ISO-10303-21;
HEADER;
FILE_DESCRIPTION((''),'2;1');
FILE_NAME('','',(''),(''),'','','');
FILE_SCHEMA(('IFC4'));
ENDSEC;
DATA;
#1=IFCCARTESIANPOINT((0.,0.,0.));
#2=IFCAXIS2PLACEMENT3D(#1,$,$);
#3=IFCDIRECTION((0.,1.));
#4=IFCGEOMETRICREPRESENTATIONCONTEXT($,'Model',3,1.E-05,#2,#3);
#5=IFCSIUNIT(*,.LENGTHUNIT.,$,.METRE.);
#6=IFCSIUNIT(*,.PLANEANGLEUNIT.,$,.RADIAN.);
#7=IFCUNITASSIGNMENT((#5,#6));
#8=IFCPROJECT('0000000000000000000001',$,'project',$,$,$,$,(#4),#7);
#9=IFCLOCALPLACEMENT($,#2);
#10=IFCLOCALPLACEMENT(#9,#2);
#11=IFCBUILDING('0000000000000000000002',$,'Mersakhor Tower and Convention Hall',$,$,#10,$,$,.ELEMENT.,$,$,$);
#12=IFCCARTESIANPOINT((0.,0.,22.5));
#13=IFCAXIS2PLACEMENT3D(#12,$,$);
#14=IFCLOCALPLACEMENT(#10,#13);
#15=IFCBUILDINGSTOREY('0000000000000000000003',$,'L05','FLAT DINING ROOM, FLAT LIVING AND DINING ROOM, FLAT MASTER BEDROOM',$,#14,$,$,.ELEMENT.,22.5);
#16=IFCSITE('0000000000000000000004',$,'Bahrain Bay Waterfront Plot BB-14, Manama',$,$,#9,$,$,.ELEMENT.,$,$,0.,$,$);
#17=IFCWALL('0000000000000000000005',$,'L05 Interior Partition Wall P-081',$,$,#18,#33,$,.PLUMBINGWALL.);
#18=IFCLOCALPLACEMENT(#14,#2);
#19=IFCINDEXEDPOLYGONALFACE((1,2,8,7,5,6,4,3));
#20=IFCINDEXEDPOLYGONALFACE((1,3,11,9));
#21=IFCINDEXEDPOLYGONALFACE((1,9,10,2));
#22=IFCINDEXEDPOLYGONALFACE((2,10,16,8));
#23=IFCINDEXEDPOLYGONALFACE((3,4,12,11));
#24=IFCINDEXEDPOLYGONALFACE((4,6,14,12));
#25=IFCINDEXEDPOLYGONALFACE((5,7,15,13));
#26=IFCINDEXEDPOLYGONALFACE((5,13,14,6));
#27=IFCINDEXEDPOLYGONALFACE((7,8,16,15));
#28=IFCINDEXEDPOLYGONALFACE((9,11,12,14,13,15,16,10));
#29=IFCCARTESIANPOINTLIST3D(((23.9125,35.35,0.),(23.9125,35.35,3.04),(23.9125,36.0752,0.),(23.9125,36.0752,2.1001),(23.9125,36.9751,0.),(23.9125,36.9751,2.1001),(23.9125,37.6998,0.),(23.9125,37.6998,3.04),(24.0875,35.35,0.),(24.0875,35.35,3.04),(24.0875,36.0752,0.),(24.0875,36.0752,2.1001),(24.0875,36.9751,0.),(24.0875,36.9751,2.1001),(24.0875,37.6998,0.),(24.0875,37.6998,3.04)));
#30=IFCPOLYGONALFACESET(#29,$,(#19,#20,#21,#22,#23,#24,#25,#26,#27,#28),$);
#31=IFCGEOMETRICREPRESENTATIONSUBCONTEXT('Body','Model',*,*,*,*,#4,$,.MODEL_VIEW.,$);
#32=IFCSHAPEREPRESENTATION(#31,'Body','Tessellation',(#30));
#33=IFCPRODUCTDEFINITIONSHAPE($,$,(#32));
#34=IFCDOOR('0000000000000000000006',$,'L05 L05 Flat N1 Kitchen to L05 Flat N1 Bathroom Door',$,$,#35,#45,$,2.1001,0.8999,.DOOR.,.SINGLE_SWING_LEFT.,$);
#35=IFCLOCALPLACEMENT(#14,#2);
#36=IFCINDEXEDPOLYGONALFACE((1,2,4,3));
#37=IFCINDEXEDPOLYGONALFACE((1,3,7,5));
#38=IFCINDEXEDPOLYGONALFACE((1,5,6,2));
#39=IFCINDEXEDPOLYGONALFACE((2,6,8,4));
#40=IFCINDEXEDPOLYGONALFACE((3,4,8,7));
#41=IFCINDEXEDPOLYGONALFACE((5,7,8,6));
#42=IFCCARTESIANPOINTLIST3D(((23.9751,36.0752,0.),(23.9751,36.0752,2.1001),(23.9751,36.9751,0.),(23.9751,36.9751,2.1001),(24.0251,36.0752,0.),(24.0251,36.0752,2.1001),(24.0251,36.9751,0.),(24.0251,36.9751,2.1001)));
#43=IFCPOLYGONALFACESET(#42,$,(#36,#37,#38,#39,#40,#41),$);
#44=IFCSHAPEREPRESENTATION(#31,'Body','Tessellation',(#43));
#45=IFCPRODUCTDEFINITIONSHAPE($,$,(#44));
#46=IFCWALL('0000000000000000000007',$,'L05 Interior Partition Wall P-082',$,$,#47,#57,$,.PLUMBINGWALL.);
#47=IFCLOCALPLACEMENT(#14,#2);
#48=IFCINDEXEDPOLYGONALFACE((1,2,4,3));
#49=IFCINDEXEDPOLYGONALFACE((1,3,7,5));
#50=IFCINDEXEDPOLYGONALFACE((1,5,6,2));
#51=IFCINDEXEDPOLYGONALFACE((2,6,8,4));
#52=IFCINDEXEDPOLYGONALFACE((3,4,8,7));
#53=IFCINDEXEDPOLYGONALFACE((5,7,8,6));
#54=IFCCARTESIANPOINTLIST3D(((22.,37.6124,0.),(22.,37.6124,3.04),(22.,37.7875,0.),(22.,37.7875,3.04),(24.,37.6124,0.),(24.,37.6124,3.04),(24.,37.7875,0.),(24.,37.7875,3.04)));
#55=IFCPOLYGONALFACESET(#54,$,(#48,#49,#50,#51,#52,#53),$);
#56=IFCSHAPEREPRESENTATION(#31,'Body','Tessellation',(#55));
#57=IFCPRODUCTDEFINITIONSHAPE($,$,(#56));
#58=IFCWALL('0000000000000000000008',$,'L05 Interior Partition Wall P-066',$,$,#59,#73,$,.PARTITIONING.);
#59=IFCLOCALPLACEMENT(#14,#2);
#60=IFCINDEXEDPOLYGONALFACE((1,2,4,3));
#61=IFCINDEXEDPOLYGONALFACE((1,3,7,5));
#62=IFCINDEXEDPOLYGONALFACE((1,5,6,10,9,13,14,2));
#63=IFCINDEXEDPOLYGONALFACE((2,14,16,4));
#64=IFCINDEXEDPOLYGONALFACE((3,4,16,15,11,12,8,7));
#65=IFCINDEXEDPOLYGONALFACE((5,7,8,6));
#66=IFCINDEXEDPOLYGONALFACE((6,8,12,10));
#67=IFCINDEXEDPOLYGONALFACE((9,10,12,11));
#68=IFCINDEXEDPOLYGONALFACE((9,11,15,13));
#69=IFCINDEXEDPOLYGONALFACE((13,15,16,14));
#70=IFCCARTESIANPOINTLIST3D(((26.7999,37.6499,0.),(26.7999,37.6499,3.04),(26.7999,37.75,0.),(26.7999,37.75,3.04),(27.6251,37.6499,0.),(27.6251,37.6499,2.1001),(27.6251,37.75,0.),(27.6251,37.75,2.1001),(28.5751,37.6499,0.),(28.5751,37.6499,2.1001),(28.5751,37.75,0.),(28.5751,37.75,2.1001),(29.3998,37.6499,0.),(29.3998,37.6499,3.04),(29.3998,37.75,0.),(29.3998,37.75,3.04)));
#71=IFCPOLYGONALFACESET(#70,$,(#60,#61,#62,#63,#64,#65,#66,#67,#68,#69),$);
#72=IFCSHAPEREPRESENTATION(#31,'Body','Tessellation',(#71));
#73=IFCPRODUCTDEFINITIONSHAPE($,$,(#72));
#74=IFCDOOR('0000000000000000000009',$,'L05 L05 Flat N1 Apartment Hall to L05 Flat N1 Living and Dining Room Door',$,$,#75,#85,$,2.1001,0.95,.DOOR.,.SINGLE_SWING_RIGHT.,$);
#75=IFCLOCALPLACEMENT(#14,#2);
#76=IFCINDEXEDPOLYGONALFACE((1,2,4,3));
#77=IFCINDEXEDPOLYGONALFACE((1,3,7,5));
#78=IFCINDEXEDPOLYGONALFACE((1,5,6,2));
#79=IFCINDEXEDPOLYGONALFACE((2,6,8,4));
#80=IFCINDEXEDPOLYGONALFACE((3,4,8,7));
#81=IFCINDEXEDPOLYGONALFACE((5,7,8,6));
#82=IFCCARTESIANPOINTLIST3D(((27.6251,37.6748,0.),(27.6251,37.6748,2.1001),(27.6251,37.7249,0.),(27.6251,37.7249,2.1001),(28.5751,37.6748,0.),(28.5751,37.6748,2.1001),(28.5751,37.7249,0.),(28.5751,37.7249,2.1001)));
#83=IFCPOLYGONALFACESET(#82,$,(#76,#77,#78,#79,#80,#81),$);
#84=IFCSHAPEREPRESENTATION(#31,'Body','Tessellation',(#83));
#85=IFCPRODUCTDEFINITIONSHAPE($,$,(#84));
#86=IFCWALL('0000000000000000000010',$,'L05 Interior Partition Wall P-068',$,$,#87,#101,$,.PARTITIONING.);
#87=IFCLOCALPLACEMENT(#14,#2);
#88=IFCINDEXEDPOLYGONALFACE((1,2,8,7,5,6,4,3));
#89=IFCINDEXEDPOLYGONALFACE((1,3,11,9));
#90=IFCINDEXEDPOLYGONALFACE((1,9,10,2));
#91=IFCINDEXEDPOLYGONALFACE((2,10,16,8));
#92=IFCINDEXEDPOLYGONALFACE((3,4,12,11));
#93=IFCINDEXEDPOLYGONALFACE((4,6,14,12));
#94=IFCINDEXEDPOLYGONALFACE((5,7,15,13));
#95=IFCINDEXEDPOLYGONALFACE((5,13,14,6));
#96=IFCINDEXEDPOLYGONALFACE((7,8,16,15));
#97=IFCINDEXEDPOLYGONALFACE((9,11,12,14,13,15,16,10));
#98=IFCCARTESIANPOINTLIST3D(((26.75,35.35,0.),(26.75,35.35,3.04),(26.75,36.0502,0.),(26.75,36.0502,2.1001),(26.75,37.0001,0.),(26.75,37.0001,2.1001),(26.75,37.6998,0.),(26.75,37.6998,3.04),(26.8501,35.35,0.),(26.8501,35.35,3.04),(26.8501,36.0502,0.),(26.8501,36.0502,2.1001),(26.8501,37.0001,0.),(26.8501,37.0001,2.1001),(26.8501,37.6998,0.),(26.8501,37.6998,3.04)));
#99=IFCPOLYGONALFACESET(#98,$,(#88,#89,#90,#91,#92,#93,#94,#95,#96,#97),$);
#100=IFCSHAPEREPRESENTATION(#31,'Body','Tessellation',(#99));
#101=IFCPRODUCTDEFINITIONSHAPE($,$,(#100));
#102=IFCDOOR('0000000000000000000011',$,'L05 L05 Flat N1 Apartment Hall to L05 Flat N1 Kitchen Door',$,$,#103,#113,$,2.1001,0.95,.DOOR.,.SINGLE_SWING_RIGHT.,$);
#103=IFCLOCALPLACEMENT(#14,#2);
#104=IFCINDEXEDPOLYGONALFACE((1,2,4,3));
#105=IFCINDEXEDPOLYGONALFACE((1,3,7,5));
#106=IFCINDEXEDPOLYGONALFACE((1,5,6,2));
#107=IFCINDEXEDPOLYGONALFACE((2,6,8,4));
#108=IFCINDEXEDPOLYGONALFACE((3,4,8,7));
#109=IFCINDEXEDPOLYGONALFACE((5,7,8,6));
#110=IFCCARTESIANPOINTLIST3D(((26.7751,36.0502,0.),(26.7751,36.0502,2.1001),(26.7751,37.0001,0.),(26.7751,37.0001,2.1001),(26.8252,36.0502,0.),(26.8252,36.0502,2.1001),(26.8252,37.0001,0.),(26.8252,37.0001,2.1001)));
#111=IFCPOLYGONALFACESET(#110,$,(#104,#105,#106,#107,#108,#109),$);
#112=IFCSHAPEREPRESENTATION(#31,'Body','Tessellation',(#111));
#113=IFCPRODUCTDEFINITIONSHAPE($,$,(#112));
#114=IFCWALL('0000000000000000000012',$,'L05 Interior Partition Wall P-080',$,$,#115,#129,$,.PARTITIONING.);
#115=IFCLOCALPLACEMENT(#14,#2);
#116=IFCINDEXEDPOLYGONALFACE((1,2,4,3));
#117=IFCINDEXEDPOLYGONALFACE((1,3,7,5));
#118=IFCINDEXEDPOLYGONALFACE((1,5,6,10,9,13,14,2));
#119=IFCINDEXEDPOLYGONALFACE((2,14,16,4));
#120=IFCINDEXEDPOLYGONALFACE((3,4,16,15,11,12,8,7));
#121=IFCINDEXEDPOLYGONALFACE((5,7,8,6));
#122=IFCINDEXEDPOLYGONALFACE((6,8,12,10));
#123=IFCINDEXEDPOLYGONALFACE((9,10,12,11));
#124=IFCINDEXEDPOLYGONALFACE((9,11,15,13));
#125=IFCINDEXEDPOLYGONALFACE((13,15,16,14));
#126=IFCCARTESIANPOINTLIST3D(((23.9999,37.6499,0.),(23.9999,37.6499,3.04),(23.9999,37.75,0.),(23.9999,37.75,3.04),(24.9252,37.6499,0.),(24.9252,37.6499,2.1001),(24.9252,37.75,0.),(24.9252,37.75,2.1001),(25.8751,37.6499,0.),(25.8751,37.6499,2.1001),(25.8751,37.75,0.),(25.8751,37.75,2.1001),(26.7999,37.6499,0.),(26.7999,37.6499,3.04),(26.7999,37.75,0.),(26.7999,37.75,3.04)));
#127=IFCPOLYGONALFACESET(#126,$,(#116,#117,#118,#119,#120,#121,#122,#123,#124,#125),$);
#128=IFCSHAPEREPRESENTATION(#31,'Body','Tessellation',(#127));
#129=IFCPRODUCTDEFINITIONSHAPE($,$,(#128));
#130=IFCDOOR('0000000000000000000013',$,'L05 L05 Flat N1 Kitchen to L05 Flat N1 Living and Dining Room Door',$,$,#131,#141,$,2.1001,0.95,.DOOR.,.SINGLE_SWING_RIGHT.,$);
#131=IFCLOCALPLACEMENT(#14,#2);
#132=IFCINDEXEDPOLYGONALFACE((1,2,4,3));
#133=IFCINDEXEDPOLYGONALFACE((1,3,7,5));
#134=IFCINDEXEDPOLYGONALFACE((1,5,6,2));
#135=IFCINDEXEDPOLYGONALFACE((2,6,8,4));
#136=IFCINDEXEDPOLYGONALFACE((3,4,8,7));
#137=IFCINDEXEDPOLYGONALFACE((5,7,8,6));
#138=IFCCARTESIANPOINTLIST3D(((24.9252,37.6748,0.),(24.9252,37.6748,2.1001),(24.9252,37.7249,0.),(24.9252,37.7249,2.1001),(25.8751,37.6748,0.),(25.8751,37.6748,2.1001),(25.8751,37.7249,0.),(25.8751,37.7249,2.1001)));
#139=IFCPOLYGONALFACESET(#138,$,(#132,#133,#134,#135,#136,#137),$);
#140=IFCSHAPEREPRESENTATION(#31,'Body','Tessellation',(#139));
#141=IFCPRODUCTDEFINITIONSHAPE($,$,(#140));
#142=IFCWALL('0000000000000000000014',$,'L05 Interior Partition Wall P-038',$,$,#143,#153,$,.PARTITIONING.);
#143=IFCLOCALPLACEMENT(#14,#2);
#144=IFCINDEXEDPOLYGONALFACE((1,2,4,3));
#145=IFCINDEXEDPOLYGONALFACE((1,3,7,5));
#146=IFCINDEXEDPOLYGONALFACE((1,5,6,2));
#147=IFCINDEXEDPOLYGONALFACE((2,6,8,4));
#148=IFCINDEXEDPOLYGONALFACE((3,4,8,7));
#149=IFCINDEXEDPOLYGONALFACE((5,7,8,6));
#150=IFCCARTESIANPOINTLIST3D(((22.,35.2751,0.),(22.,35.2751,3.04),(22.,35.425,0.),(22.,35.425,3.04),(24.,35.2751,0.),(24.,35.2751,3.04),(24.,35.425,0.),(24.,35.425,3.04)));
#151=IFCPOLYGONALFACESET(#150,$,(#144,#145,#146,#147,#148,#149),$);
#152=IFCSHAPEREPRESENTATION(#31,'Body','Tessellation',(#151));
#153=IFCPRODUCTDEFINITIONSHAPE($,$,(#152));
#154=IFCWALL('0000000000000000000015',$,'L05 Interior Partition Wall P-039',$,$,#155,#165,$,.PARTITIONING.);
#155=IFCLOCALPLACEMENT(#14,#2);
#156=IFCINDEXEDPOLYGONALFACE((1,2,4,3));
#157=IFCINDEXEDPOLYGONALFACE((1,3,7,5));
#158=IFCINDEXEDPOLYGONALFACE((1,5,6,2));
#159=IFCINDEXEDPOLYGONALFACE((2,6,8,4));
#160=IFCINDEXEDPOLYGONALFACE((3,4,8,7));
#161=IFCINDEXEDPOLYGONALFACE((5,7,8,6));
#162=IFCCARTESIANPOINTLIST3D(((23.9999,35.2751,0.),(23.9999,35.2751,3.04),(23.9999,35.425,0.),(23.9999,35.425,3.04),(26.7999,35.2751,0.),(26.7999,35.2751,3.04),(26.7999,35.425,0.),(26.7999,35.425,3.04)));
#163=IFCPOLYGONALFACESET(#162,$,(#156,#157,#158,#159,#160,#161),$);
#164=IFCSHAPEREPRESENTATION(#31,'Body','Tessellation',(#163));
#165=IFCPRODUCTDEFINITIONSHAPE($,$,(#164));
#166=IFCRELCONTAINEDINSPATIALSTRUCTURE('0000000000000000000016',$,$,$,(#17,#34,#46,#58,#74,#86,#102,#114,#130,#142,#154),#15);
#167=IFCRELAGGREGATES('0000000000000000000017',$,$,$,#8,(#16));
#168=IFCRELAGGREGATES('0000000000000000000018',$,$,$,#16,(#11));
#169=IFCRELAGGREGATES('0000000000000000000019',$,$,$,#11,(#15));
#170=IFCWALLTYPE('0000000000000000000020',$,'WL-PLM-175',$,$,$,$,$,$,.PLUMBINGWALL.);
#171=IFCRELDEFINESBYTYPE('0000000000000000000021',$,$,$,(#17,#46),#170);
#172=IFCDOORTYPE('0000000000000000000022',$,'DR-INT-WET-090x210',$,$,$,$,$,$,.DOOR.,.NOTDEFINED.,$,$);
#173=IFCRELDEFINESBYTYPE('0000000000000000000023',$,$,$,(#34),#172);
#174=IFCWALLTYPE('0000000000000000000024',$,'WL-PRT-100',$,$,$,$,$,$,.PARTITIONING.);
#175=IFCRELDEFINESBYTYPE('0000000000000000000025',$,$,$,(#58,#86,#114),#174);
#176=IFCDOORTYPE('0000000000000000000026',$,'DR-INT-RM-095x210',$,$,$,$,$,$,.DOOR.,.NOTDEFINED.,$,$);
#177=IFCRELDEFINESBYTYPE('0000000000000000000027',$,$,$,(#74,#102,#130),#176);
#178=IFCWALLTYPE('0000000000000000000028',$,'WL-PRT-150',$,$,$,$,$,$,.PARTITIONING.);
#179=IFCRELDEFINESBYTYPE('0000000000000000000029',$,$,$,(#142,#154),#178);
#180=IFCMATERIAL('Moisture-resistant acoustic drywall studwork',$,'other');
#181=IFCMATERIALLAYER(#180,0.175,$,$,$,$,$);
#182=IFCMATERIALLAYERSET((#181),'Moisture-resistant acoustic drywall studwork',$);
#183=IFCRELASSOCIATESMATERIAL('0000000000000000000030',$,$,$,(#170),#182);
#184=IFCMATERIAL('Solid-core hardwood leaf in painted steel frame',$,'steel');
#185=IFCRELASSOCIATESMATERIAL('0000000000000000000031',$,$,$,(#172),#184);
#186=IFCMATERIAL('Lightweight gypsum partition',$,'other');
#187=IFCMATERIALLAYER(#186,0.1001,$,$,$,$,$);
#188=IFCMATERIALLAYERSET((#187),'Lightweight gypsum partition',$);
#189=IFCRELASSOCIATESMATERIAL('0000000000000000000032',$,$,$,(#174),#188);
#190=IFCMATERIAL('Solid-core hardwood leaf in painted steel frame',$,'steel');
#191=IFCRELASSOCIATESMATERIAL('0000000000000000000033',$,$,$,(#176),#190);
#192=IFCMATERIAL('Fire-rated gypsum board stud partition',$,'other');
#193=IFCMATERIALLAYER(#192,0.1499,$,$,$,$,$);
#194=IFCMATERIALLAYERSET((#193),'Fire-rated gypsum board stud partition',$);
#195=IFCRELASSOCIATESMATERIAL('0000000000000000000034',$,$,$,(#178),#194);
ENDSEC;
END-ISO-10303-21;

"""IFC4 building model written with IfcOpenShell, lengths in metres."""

from ifc_helpers import new_model, si_unit, direction, frame, frame_2d, origin, place, context, subcontext, project, spatial, rectangle, extrude, material, layer, layer_set, type_object, element, fill, save


model = new_model("IFC4")

# Units and contexts
model_context = context("Model", 3, precision=1e-05, world=origin(), true_north=direction((0.0, 1.0)))
body_context = subcontext(model_context, "Body", "Model", "MODEL_VIEW")
ifc_project = project(units=[si_unit("LENGTHUNIT", "METRE"), si_unit("PLANEANGLEUNIT", "RADIAN")], contexts=[model_context])

# Site, building, storey
site_placement = place(None, origin())
site = spatial("IfcSite", under=ifc_project, at=site_placement, Name="Bahrain Bay Waterfront Plot BB-14, Manama", CompositionType="ELEMENT", RefElevation=0.0)
building_placement = place(site_placement, origin())
building = spatial("IfcBuilding", under=site, at=building_placement, Name="Mersakhor Tower and Convention Hall", CompositionType="ELEMENT")
storey_placement = place(building_placement, frame((0.0, 0.0, 22.5)))
storey = spatial("IfcBuildingStorey", under=building, at=storey_placement, Name="L05", Description="FLAT DINING ROOM, FLAT LIVING AND DINING ROOM, FLAT MASTER BEDROOM", CompositionType="ELEMENT", Elevation=22.5)

# Wall, opening, door
ifc_material_1 = material(Name="Moisture-resistant acoustic drywall studwork", Category="other")
ifc_layer_1 = layer(ifc_material_1, 0.175)
ifc_layer_set_1 = layer_set([ifc_layer_1], Name="Moisture-resistant acoustic drywall studwork")
wall_type_1 = type_object("IfcWallType", Name="WL-PLM-175", PredefinedType="PLUMBINGWALL", material=ifc_layer_set_1)
wall_1_placement = place(storey_placement, frame((24.0, 35.3501, 0.0), z_axis=(0.0, 0.0, 1.0), x_axis=(0.0, 1.0, 0.0)))
wall_1 = element("IfcWall", 1, at=wall_1_placement, inside=storey, type_object=wall_type_1, Name="L05 Interior Partition Wall P-081", PredefinedType="PLUMBINGWALL", context=body_context, shape_type="SweptSolid", body=[
    extrude(rectangle(XDim=2.3499, YDim=0.175, at=frame_2d((1.1748, 0.0))), origin(), (0.0, 0.0, 1.0), 3.04),
])
opening_1_placement = place(wall_1_placement, frame((0.7251, 0.0, 0.0)))
opening_1 = element("IfcOpeningElement", 2, at=opening_1_placement, cuts=wall_1, PredefinedType="OPENING", context=body_context, shape_type="SweptSolid", body=[
    extrude(rectangle(XDim=0.8999, YDim=2.1001, at=frame_2d((0.45, 1.05))), frame((0.0, 0.0974, 0.0), z_axis=(0.0, -1.0, 0.0), x_axis=(1.0, 0.0, 0.0)), (0.0, 0.0, 1.0), 0.1951),
])
ifc_material_2 = material(Name="Solid-core hardwood leaf in painted steel frame", Category="steel")
door_type_1 = type_object("IfcDoorType", Name="DR-INT-WET-090x210", OperationType="NOTDEFINED", PredefinedType="DOOR", material=ifc_material_2)
door_1_placement = place(opening_1_placement, origin())
door_1 = element("IfcDoor", 3, at=door_1_placement, inside=storey, type_object=door_type_1, Name="L05 L05 Flat N1 Kitchen to L05 Flat N1 Bathroom Door", OperationType="SINGLE_SWING_LEFT", OverallHeight=2.1001, OverallWidth=0.8999, PredefinedType="DOOR", context=body_context, shape_type="SweptSolid", body=[
    extrude(rectangle(XDim=0.8999, YDim=2.1001, at=frame_2d((0.45, 1.05))), frame((0.0, 0.0249, 0.0), z_axis=(0.0, -1.0, 0.0), x_axis=(1.0, 0.0, 0.0)), (0.0, 0.0, 1.0), 0.05),
])
fill(opening_1, door_1)

# Wall
wall_2_placement = place(storey_placement, frame((22.0, 37.7, 0.0), z_axis=(0.0, 0.0, 1.0), x_axis=(1.0, 0.0, 0.0)))
element("IfcWall", 4, at=wall_2_placement, inside=storey, type_object=wall_type_1, Name="L05 Interior Partition Wall P-082", PredefinedType="PLUMBINGWALL", context=body_context, shape_type="SweptSolid", body=[
    extrude(rectangle(XDim=2.0, YDim=0.175, at=frame_2d((1.0, 0.0))), origin(), (0.0, 0.0, 1.0), 3.04),
])

# Walls, openings, doors
ifc_material_3 = material(Name="Lightweight gypsum partition", Category="other")
ifc_layer_2 = layer(ifc_material_3, 0.1001)
ifc_layer_set_2 = layer_set([ifc_layer_2], Name="Lightweight gypsum partition")
wall_type_2 = type_object("IfcWallType", Name="WL-PRT-100", PredefinedType="PARTITIONING", material=ifc_layer_set_2)
wall_3_placement = place(storey_placement, frame((26.8, 37.7, 0.0), z_axis=(0.0, 0.0, 1.0), x_axis=(1.0, 0.0, 0.0)))
wall_3 = element("IfcWall", 5, at=wall_3_placement, inside=storey, type_object=wall_type_2, Name="L05 Interior Partition Wall P-066", PredefinedType="PARTITIONING", context=body_context, shape_type="SweptSolid", body=[
    extrude(rectangle(XDim=2.5999, YDim=0.1001, at=frame_2d((1.2998, 0.0))), origin(), (0.0, 0.0, 1.0), 3.04),
])
opening_2_placement = place(wall_3_placement, frame((0.825, 0.0, 0.0)))
opening_2 = element("IfcOpeningElement", 6, at=opening_2_placement, cuts=wall_3, PredefinedType="OPENING", context=body_context, shape_type="SweptSolid", body=[
    extrude(rectangle(XDim=0.95, YDim=2.1001, at=frame_2d((0.4751, 1.05))), frame((0.0, 0.0601, 0.0), z_axis=(0.0, -1.0, 0.0), x_axis=(1.0, 0.0, 0.0)), (0.0, 0.0, 1.0), 0.1201),
])
ifc_material_4 = material(Name="Solid-core hardwood leaf in painted steel frame", Category="steel")
door_type_2 = type_object("IfcDoorType", Name="DR-INT-RM-095x210", OperationType="NOTDEFINED", PredefinedType="DOOR", material=ifc_material_4)
door_2_placement = place(opening_2_placement, origin())
door_2 = element("IfcDoor", 7, at=door_2_placement, inside=storey, type_object=door_type_2, Name="L05 L05 Flat N1 Apartment Hall to L05 Flat N1 Living and Dining Room Door", OperationType="SINGLE_SWING_RIGHT", OverallHeight=2.1001, OverallWidth=0.95, PredefinedType="DOOR", context=body_context, shape_type="SweptSolid", body=[
    extrude(rectangle(XDim=0.95, YDim=2.1001, at=frame_2d((0.4751, 1.05))), frame((0.0, 0.0249, 0.0), z_axis=(0.0, -1.0, 0.0), x_axis=(1.0, 0.0, 0.0)), (0.0, 0.0, 1.0), 0.05),
])
fill(opening_2, door_2)
wall_4_placement = place(storey_placement, frame((26.8, 35.3501, 0.0), z_axis=(0.0, 0.0, 1.0), x_axis=(0.0, 1.0, 0.0)))
wall_4 = element("IfcWall", 8, at=wall_4_placement, inside=storey, type_object=wall_type_2, Name="L05 Interior Partition Wall P-068", PredefinedType="PARTITIONING", context=body_context, shape_type="SweptSolid", body=[
    extrude(rectangle(XDim=2.3499, YDim=0.1001, at=frame_2d((1.1748, 0.0))), origin(), (0.0, 0.0, 1.0), 3.04),
])
opening_3_placement = place(wall_4_placement, frame((0.7, 0.0, 0.0)))
opening_3 = element("IfcOpeningElement", 9, at=opening_3_placement, cuts=wall_4, PredefinedType="OPENING", context=body_context, shape_type="SweptSolid", body=[
    extrude(rectangle(XDim=0.95, YDim=2.1001, at=frame_2d((0.4751, 1.05))), frame((0.0, 0.0601, 0.0), z_axis=(0.0, -1.0, 0.0), x_axis=(1.0, 0.0, 0.0)), (0.0, 0.0, 1.0), 0.1201),
])
door_3_placement = place(opening_3_placement, origin())
door_3 = element("IfcDoor", 10, at=door_3_placement, inside=storey, type_object=door_type_2, Name="L05 L05 Flat N1 Apartment Hall to L05 Flat N1 Kitchen Door", OperationType="SINGLE_SWING_RIGHT", OverallHeight=2.1001, OverallWidth=0.95, PredefinedType="DOOR", context=body_context, shape_type="SweptSolid", body=[
    extrude(rectangle(XDim=0.95, YDim=2.1001, at=frame_2d((0.4751, 1.05))), frame((0.0, 0.0249, 0.0), z_axis=(0.0, -1.0, 0.0), x_axis=(1.0, 0.0, 0.0)), (0.0, 0.0, 1.0), 0.05),
])
fill(opening_3, door_3)
wall_5_placement = place(storey_placement, frame((24.0, 37.7, 0.0), z_axis=(0.0, 0.0, 1.0), x_axis=(1.0, 0.0, 0.0)))
wall_5 = element("IfcWall", 11, at=wall_5_placement, inside=storey, type_object=wall_type_2, Name="L05 Interior Partition Wall P-080", PredefinedType="PARTITIONING", context=body_context, shape_type="SweptSolid", body=[
    extrude(rectangle(XDim=2.8, YDim=0.1001, at=frame_2d((1.3999, 0.0))), origin(), (0.0, 0.0, 1.0), 3.04),
])
opening_4_placement = place(wall_5_placement, frame((0.925, 0.0, 0.0)))
opening_4 = element("IfcOpeningElement", 12, at=opening_4_placement, cuts=wall_5, PredefinedType="OPENING", context=body_context, shape_type="SweptSolid", body=[
    extrude(rectangle(XDim=0.95, YDim=2.1001, at=frame_2d((0.4751, 1.05))), frame((0.0, 0.0601, 0.0), z_axis=(0.0, -1.0, 0.0), x_axis=(1.0, 0.0, 0.0)), (0.0, 0.0, 1.0), 0.1201),
])
door_4_placement = place(opening_4_placement, origin())
door_4 = element("IfcDoor", 13, at=door_4_placement, inside=storey, type_object=door_type_2, Name="L05 L05 Flat N1 Kitchen to L05 Flat N1 Living and Dining Room Door", OperationType="SINGLE_SWING_RIGHT", OverallHeight=2.1001, OverallWidth=0.95, PredefinedType="DOOR", context=body_context, shape_type="SweptSolid", body=[
    extrude(rectangle(XDim=0.95, YDim=2.1001, at=frame_2d((0.4751, 1.05))), frame((0.0, 0.0249, 0.0), z_axis=(0.0, -1.0, 0.0), x_axis=(1.0, 0.0, 0.0)), (0.0, 0.0, 1.0), 0.05),
])
fill(opening_4, door_4)

# Walls
ifc_material_5 = material(Name="Fire-rated gypsum board stud partition", Category="other")
ifc_layer_3 = layer(ifc_material_5, 0.1499)
ifc_layer_set_3 = layer_set([ifc_layer_3], Name="Fire-rated gypsum board stud partition")
wall_type_3 = type_object("IfcWallType", Name="WL-PRT-150", PredefinedType="PARTITIONING", material=ifc_layer_set_3)
wall_6_placement = place(storey_placement, frame((22.0, 35.3501, 0.0), z_axis=(0.0, 0.0, 1.0), x_axis=(1.0, 0.0, 0.0)))
element("IfcWall", 14, at=wall_6_placement, inside=storey, type_object=wall_type_3, Name="L05 Interior Partition Wall P-038", PredefinedType="PARTITIONING", context=body_context, shape_type="SweptSolid", body=[
    extrude(rectangle(XDim=2.0, YDim=0.1499, at=frame_2d((1.0, 0.0))), origin(), (0.0, 0.0, 1.0), 3.04),
])
wall_7_placement = place(storey_placement, frame((24.0, 35.3501, 0.0), z_axis=(0.0, 0.0, 1.0), x_axis=(1.0, 0.0, 0.0)))
element("IfcWall", 15, at=wall_7_placement, inside=storey, type_object=wall_type_3, Name="L05 Interior Partition Wall P-039", PredefinedType="PARTITIONING", context=body_context, shape_type="SweptSolid", body=[
    extrude(rectangle(XDim=2.8, YDim=0.1499, at=frame_2d((1.3999, 0.0))), origin(), (0.0, 0.0, 1.0), 3.04),
])

save(model, "model.ifc")
